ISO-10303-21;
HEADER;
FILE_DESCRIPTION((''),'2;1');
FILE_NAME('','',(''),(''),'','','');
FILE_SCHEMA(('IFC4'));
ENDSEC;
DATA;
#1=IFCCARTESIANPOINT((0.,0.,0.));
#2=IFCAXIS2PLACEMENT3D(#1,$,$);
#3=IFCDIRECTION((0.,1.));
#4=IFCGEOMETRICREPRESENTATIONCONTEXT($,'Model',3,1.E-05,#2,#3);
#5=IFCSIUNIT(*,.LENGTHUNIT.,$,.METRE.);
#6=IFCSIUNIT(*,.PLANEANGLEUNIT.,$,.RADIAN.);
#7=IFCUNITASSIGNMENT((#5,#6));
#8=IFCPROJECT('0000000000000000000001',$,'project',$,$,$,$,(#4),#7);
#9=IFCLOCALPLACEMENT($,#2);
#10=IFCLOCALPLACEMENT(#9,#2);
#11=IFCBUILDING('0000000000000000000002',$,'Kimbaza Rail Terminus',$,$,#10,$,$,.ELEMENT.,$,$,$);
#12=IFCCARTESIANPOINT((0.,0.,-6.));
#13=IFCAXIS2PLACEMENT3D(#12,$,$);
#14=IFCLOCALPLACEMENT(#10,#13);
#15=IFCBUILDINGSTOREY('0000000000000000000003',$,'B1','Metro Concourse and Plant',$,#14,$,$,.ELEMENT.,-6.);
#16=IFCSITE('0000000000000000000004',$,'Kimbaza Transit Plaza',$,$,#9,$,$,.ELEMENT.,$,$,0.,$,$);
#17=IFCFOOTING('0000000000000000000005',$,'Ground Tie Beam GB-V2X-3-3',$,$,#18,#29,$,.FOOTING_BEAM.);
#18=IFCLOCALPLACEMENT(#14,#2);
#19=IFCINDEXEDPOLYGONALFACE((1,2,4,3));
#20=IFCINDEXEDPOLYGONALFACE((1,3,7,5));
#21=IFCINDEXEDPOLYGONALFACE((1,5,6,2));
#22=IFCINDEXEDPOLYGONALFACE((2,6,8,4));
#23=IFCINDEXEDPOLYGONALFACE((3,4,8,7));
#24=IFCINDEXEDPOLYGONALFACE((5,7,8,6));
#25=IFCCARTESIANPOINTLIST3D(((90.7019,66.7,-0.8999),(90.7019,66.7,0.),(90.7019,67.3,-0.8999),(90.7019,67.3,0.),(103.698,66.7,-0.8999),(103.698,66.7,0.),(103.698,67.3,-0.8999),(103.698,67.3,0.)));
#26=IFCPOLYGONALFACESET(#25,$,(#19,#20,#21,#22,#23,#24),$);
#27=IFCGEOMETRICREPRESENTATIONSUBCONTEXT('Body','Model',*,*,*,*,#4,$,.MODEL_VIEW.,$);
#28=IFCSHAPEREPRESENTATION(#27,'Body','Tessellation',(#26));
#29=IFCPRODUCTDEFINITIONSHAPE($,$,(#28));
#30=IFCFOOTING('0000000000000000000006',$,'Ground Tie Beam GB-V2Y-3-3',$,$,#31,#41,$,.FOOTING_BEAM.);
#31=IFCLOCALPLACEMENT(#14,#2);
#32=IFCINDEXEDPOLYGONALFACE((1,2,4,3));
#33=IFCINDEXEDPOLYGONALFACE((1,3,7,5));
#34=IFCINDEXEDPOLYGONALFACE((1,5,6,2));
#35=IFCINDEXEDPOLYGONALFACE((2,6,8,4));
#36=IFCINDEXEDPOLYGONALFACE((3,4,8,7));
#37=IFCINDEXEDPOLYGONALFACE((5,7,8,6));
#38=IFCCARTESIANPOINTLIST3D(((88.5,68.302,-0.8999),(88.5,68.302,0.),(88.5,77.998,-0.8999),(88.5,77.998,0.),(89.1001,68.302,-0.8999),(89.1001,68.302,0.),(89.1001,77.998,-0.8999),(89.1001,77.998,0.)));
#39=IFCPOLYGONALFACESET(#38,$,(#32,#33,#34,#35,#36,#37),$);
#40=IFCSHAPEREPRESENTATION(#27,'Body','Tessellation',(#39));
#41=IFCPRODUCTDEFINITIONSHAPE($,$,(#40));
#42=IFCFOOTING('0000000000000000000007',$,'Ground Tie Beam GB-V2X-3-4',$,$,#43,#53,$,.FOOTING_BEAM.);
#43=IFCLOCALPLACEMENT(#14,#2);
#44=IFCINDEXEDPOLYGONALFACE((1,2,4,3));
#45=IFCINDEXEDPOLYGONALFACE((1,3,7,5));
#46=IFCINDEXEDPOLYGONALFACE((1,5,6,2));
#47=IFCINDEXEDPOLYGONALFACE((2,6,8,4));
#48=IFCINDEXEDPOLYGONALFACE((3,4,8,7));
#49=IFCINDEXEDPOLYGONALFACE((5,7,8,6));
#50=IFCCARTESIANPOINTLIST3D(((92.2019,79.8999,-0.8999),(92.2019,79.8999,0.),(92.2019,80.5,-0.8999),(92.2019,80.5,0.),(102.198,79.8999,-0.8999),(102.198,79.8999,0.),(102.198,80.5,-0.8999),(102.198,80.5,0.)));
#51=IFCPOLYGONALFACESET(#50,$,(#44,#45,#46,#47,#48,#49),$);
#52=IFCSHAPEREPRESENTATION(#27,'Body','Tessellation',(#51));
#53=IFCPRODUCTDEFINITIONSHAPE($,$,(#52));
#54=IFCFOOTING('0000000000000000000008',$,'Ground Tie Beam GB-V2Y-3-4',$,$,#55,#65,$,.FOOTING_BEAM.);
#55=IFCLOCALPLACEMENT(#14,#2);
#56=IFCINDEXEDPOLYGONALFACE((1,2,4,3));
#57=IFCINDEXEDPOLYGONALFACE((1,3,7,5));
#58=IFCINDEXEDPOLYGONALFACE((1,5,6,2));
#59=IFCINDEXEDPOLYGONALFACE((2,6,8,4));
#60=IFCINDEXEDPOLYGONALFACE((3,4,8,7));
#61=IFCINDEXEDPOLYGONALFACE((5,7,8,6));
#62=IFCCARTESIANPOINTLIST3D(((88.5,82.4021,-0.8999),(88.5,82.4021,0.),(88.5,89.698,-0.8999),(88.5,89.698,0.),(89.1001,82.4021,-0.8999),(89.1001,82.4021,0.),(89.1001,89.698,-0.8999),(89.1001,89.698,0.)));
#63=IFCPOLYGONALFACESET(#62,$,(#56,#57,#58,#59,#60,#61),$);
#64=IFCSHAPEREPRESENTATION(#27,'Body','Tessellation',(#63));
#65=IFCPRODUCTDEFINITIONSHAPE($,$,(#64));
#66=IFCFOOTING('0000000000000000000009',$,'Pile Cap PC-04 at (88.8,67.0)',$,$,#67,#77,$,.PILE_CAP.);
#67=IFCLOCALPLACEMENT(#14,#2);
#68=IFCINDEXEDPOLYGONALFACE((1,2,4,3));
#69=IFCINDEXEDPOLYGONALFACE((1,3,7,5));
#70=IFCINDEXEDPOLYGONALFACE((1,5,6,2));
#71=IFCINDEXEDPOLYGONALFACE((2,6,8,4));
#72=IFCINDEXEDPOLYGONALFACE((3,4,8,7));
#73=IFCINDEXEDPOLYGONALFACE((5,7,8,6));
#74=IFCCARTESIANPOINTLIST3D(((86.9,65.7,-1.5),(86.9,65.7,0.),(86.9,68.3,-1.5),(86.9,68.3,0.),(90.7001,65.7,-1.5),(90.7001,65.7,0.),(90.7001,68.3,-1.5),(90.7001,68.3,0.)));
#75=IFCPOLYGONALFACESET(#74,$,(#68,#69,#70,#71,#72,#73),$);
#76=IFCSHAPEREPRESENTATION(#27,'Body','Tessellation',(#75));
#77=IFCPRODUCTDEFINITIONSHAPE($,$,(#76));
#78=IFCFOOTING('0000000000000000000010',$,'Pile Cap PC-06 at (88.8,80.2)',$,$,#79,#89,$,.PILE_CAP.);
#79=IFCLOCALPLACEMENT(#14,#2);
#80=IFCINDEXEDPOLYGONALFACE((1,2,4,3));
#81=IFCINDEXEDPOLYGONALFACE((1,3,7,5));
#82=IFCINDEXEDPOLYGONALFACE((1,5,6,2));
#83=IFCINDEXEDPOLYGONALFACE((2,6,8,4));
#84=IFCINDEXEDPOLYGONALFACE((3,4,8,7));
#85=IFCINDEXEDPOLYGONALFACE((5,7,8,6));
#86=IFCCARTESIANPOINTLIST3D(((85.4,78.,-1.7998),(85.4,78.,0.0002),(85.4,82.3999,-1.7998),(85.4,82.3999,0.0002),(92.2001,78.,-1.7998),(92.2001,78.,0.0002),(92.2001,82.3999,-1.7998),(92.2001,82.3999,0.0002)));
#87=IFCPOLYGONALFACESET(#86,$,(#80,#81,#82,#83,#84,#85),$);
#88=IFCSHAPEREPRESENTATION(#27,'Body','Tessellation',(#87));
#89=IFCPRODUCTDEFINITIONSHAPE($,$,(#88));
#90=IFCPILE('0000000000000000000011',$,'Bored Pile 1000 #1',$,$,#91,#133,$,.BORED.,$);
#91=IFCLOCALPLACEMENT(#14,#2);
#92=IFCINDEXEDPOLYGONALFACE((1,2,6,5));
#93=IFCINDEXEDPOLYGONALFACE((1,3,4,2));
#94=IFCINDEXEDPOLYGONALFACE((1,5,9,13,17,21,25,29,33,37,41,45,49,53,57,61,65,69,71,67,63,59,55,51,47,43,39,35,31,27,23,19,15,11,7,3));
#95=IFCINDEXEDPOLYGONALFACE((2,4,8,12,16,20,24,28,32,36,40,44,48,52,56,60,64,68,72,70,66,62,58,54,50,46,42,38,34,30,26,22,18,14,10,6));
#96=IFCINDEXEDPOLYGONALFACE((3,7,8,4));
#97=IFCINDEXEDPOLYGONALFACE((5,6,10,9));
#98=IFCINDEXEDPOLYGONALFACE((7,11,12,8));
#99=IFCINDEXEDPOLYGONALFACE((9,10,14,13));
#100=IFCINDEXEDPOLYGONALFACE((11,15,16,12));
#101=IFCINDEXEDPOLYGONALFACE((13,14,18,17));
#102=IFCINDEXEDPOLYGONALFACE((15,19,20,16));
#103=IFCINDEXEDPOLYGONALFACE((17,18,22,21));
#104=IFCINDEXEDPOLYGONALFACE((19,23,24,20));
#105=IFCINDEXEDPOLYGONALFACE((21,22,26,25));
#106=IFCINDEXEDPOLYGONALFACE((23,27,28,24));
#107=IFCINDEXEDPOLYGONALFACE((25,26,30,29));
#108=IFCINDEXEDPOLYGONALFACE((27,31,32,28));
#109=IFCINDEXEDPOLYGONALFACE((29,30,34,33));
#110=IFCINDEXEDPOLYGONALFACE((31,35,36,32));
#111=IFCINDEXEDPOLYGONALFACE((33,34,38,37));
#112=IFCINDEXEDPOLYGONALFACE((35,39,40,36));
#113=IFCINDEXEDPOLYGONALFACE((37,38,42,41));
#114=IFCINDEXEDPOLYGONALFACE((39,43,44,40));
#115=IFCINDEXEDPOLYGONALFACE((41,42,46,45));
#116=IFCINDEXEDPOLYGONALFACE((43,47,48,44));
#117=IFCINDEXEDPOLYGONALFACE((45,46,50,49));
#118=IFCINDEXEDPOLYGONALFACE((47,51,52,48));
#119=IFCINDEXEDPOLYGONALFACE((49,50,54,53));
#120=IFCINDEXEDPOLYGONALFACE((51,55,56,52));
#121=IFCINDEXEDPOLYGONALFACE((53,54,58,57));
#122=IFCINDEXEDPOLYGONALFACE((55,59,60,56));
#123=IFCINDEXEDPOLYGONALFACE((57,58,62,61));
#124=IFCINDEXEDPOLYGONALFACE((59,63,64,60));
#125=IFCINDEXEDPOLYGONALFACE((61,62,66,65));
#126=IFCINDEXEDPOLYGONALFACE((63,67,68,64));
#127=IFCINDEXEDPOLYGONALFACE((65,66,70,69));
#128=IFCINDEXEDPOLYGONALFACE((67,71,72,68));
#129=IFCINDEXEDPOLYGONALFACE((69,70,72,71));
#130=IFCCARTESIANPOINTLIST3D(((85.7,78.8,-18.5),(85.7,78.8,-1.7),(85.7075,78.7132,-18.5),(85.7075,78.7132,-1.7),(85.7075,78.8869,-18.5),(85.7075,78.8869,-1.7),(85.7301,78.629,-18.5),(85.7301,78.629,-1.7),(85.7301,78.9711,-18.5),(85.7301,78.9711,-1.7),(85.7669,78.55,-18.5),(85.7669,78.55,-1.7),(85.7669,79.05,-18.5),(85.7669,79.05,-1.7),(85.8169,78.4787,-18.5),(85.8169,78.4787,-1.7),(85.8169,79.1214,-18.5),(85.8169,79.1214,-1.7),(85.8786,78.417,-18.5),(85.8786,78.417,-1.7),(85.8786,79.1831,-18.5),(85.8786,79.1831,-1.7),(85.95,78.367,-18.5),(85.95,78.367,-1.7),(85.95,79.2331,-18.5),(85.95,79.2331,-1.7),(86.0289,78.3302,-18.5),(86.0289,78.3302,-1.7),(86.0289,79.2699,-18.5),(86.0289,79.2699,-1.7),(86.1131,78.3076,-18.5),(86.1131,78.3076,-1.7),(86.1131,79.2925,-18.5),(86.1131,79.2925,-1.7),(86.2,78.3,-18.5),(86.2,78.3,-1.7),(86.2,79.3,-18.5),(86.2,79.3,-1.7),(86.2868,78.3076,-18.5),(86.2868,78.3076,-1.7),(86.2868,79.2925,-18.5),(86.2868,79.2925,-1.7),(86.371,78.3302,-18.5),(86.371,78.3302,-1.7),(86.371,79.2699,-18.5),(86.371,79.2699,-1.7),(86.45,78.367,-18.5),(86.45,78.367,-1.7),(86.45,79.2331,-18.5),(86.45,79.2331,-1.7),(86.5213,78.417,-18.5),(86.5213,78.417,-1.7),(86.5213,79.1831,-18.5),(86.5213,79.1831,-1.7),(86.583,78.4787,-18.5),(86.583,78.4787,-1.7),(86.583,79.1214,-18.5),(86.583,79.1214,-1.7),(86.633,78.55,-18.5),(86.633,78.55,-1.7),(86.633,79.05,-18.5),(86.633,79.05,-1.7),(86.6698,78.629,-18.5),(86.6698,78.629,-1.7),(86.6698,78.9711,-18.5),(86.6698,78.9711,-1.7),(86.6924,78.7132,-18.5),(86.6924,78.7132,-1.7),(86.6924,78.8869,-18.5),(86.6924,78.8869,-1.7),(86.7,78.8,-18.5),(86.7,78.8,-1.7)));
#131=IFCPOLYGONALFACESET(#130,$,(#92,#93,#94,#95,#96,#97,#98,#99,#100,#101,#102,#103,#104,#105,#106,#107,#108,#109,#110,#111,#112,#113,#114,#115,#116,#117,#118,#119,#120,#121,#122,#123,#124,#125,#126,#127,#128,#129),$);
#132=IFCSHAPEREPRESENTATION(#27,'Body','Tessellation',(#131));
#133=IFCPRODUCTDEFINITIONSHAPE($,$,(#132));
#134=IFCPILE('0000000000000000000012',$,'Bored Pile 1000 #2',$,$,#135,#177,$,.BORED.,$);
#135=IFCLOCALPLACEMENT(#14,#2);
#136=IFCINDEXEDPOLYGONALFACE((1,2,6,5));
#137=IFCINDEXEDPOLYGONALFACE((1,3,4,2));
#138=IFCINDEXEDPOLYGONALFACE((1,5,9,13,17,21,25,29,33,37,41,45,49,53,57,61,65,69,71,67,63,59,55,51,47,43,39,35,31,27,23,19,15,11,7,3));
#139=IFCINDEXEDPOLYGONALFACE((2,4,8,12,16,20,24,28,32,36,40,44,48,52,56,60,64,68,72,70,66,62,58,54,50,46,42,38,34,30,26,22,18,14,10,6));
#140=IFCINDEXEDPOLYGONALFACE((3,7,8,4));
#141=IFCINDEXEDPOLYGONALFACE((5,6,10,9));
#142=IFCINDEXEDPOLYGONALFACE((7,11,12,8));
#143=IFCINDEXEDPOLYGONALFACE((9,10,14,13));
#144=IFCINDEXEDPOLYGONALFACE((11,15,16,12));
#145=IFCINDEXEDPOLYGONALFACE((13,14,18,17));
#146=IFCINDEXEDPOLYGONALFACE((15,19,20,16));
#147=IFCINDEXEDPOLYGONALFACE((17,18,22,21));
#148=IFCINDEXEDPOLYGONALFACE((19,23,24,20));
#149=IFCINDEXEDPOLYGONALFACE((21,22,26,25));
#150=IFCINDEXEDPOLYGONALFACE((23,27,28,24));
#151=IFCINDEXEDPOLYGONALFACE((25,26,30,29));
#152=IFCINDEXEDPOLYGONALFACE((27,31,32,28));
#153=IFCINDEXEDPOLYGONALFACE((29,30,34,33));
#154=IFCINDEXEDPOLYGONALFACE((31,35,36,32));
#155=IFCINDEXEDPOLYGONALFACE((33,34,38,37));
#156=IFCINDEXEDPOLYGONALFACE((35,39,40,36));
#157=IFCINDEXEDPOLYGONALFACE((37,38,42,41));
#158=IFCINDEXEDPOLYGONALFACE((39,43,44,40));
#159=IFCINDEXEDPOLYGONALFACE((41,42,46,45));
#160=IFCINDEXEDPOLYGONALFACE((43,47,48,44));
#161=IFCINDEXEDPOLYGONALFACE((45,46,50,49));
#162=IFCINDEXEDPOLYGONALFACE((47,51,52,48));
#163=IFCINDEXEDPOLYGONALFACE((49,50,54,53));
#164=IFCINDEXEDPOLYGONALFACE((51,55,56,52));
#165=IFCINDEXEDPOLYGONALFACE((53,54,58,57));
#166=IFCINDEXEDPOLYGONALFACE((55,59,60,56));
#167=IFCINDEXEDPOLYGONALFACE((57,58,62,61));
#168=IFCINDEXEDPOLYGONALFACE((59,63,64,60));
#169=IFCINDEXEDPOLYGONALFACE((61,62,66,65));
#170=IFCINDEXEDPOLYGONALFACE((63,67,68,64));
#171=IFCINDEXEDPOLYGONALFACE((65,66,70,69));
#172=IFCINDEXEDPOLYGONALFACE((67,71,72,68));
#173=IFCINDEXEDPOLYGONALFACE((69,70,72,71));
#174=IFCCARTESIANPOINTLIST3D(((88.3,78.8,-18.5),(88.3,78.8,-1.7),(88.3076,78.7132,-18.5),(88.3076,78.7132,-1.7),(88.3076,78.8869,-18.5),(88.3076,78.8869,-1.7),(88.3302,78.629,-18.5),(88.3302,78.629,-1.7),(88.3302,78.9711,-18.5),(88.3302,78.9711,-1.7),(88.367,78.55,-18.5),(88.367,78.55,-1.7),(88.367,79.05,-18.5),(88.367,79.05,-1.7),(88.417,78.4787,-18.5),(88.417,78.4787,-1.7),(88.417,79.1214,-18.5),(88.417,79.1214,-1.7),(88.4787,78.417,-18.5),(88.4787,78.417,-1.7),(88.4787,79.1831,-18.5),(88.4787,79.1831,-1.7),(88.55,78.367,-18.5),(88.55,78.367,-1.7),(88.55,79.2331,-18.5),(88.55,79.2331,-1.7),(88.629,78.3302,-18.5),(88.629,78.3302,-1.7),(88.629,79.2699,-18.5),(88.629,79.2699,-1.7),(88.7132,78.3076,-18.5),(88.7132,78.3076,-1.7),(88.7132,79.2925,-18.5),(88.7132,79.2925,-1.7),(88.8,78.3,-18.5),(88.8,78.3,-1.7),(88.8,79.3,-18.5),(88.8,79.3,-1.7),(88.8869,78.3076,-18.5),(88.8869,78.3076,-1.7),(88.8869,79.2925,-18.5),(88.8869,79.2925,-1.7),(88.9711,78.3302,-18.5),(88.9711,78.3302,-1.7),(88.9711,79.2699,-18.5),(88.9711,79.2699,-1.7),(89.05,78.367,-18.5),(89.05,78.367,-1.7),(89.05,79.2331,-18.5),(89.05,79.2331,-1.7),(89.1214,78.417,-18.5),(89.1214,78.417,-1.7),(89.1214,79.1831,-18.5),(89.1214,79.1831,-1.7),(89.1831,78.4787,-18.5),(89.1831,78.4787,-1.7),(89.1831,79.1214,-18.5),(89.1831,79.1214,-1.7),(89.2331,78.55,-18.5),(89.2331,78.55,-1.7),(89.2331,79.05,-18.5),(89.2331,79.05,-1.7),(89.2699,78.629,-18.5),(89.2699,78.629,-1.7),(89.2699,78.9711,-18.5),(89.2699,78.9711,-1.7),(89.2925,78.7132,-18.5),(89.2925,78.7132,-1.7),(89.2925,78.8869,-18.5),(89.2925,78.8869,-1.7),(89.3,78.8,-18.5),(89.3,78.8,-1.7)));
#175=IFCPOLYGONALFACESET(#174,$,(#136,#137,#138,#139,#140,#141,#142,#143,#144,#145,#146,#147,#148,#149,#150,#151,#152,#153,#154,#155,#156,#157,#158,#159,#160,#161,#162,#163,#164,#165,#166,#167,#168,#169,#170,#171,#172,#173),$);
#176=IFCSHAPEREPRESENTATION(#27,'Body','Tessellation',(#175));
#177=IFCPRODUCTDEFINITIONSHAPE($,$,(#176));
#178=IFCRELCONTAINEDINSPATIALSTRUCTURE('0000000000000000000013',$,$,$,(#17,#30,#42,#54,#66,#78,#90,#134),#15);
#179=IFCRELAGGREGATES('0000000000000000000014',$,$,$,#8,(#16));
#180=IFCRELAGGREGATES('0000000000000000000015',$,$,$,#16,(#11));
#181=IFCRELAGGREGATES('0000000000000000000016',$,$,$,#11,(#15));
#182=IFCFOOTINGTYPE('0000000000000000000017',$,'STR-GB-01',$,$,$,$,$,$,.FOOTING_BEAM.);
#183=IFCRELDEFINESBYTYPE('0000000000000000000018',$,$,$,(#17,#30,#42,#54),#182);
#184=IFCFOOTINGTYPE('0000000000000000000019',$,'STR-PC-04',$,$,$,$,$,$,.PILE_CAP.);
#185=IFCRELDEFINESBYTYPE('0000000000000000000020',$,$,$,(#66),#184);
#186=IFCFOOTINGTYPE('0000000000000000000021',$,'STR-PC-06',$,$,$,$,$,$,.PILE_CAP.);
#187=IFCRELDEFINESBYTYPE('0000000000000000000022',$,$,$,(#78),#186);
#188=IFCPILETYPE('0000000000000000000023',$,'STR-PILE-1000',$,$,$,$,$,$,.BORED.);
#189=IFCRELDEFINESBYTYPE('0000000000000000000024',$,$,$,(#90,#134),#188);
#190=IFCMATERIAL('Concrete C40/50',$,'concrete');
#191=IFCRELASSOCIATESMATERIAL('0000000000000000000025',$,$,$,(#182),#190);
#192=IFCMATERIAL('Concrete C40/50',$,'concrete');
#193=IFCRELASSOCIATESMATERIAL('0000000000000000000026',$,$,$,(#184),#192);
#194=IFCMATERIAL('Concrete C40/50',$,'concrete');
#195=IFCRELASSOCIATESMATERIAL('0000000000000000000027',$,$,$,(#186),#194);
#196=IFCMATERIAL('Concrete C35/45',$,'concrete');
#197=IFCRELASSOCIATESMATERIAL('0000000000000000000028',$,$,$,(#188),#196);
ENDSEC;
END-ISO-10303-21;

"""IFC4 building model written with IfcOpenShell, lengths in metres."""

from ifc_helpers import new_model, si_unit, direction, frame, origin, origin_2d, place, context, subcontext, project, spatial, rectangle, circle, extrude, material, material_profile, profile_set, type_object, element, save


model = new_model("IFC4")

# Units and contexts
model_context = context("Model", 3, precision=1e-05, world=origin(), true_north=direction((0.0, 1.0)))
body_context = subcontext(model_context, "Body", "Model", "MODEL_VIEW")
ifc_project = project(units=[si_unit("LENGTHUNIT", "METRE"), si_unit("PLANEANGLEUNIT", "RADIAN")], contexts=[model_context])

# Site, building, storey
site_placement = place(None, origin())
site = spatial("IfcSite", under=ifc_project, at=site_placement, Name="Kimbaza Transit Plaza", CompositionType="ELEMENT", RefElevation=0.0)
building_placement = place(site_placement, origin())
building = spatial("IfcBuilding", under=site, at=building_placement, Name="Kimbaza Rail Terminus", CompositionType="ELEMENT")
storey_placement = place(building_placement, frame((0.0, 0.0, -6.0)))
storey = spatial("IfcBuildingStorey", under=building, at=storey_placement, Name="B1", Description="Metro Concourse and Plant", CompositionType="ELEMENT", Elevation=-6.0)

# Footings
ifc_material_1 = material(Name="Concrete C40/50", Category="concrete")
ifc_material_profile_1 = material_profile(ifc_material_1, rectangle(XDim=0.6001, YDim=0.8999, at=origin_2d()), Name="GB-01 600x900")
ifc_profile_set_1 = profile_set([ifc_material_profile_1], Name="Concrete C40/50")
footing_type_1 = type_object("IfcFootingType", Name="STR-GB-01", PredefinedType="FOOTING_BEAM", material=ifc_profile_set_1)
footing_1_placement = place(storey_placement, frame((90.7019, 67.0, -0.45), z_axis=(1.0, 0.0, 0.0), x_axis=(0.0, 1.0, 0.0)))
element("IfcFooting", 1, at=footing_1_placement, inside=storey, type_object=footing_type_1, Name="Ground Tie Beam GB-V2X-3-3", PredefinedType="FOOTING_BEAM", context=body_context, shape_type="SweptSolid", body=[
    extrude(rectangle(XDim=0.6001, YDim=0.8999, at=origin_2d()), origin(), (0.0, 0.0, 1.0), 12.9961),
])
footing_2_placement = place(storey_placement, frame((88.8, 68.302, -0.45), z_axis=(0.0, 1.0, 0.0), x_axis=(-1.0, 0.0, 0.0)))
element("IfcFooting", 2, at=footing_2_placement, inside=storey, type_object=footing_type_1, Name="Ground Tie Beam GB-V2Y-3-3", PredefinedType="FOOTING_BEAM", context=body_context, shape_type="SweptSolid", body=[
    extrude(rectangle(XDim=0.6001, YDim=0.8999, at=origin_2d()), origin(), (0.0, 0.0, 1.0), 9.696),
])
footing_3_placement = place(storey_placement, frame((92.2019, 80.2, -0.45), z_axis=(1.0, 0.0, 0.0), x_axis=(0.0, 1.0, 0.0)))
element("IfcFooting", 3, at=footing_3_placement, inside=storey, type_object=footing_type_1, Name="Ground Tie Beam GB-V2X-3-4", PredefinedType="FOOTING_BEAM", context=body_context, shape_type="SweptSolid", body=[
    extrude(rectangle(XDim=0.6001, YDim=0.8999, at=origin_2d()), origin(), (0.0, 0.0, 1.0), 9.9961),
])
footing_4_placement = place(storey_placement, frame((88.8, 82.4021, -0.45), z_axis=(0.0, 1.0, 0.0), x_axis=(-1.0, 0.0, 0.0)))
element("IfcFooting", 4, at=footing_4_placement, inside=storey, type_object=footing_type_1, Name="Ground Tie Beam GB-V2Y-3-4", PredefinedType="FOOTING_BEAM", context=body_context, shape_type="SweptSolid", body=[
    extrude(rectangle(XDim=0.6001, YDim=0.8999, at=origin_2d()), origin(), (0.0, 0.0, 1.0), 7.2959),
])
ifc_material_2 = material(Name="Concrete C40/50", Category="concrete")
footing_type_2 = type_object("IfcFootingType", Name="STR-PC-04", PredefinedType="PILE_CAP", material=ifc_material_2)
footing_5_placement = place(storey_placement, frame((88.8, 67.0, -1.5), z_axis=(0.0, 0.0, 1.0), x_axis=(1.0, 0.0, 0.0)))
element("IfcFooting", 5, at=footing_5_placement, inside=storey, type_object=footing_type_2, Name="Pile Cap PC-04 at (88.8,67.0)", PredefinedType="PILE_CAP", context=body_context, shape_type="SweptSolid", body=[
    extrude(rectangle(XDim=3.8, YDim=2.6001, at=origin_2d()), origin(), (0.0, 0.0, 1.0), 1.5),
])
ifc_material_3 = material(Name="Concrete C40/50", Category="concrete")
footing_type_3 = type_object("IfcFootingType", Name="STR-PC-06", PredefinedType="PILE_CAP", material=ifc_material_3)
footing_6_placement = place(storey_placement, frame((88.8, 80.2, -1.7998), z_axis=(0.0, 0.0, 1.0), x_axis=(1.0, 0.0, 0.0)))
element("IfcFooting", 6, at=footing_6_placement, inside=storey, type_object=footing_type_3, Name="Pile Cap PC-06 at (88.8,80.2)", PredefinedType="PILE_CAP", context=body_context, shape_type="SweptSolid", body=[
    extrude(rectangle(XDim=6.8, YDim=4.3999, at=origin_2d()), origin(), (0.0, 0.0, 1.0), 1.8),
])

# Piles
ifc_material_4 = material(Name="Concrete C35/45", Category="concrete")
ifc_material_profile_2 = material_profile(ifc_material_4, circle(Radius=0.5, at=origin_2d()), Name="BORED PILE 1000")
ifc_profile_set_2 = profile_set([ifc_material_profile_2], Name="Concrete C35/45")
pile_type_1 = type_object("IfcPileType", Name="STR-PILE-1000", PredefinedType="BORED", material=ifc_profile_set_2)
for number, where, z_axis, x_axis, name in (
    (7, (86.2, 78.8, -1.7), (0.0, 0.0, -1.0), (1.0, 0.0, 0.0), "Bored Pile 1000 #1"),
    (8, (88.8, 78.8, -1.7), (0.0, 0.0, -1.0), (1.0, 0.0, 0.0), "Bored Pile 1000 #2"),
):
    element("IfcPile", number, at=place(storey_placement, frame(where, z_axis=z_axis, x_axis=x_axis)), inside=storey, type_object=pile_type_1, Name=name, PredefinedType="BORED", context=body_context, shape_type="SweptSolid", body=[
        extrude(circle(Radius=0.5, at=origin_2d()), origin(), (0.0, 0.0, 1.0), 16.8),
    ])

save(model, "model.ifc")
